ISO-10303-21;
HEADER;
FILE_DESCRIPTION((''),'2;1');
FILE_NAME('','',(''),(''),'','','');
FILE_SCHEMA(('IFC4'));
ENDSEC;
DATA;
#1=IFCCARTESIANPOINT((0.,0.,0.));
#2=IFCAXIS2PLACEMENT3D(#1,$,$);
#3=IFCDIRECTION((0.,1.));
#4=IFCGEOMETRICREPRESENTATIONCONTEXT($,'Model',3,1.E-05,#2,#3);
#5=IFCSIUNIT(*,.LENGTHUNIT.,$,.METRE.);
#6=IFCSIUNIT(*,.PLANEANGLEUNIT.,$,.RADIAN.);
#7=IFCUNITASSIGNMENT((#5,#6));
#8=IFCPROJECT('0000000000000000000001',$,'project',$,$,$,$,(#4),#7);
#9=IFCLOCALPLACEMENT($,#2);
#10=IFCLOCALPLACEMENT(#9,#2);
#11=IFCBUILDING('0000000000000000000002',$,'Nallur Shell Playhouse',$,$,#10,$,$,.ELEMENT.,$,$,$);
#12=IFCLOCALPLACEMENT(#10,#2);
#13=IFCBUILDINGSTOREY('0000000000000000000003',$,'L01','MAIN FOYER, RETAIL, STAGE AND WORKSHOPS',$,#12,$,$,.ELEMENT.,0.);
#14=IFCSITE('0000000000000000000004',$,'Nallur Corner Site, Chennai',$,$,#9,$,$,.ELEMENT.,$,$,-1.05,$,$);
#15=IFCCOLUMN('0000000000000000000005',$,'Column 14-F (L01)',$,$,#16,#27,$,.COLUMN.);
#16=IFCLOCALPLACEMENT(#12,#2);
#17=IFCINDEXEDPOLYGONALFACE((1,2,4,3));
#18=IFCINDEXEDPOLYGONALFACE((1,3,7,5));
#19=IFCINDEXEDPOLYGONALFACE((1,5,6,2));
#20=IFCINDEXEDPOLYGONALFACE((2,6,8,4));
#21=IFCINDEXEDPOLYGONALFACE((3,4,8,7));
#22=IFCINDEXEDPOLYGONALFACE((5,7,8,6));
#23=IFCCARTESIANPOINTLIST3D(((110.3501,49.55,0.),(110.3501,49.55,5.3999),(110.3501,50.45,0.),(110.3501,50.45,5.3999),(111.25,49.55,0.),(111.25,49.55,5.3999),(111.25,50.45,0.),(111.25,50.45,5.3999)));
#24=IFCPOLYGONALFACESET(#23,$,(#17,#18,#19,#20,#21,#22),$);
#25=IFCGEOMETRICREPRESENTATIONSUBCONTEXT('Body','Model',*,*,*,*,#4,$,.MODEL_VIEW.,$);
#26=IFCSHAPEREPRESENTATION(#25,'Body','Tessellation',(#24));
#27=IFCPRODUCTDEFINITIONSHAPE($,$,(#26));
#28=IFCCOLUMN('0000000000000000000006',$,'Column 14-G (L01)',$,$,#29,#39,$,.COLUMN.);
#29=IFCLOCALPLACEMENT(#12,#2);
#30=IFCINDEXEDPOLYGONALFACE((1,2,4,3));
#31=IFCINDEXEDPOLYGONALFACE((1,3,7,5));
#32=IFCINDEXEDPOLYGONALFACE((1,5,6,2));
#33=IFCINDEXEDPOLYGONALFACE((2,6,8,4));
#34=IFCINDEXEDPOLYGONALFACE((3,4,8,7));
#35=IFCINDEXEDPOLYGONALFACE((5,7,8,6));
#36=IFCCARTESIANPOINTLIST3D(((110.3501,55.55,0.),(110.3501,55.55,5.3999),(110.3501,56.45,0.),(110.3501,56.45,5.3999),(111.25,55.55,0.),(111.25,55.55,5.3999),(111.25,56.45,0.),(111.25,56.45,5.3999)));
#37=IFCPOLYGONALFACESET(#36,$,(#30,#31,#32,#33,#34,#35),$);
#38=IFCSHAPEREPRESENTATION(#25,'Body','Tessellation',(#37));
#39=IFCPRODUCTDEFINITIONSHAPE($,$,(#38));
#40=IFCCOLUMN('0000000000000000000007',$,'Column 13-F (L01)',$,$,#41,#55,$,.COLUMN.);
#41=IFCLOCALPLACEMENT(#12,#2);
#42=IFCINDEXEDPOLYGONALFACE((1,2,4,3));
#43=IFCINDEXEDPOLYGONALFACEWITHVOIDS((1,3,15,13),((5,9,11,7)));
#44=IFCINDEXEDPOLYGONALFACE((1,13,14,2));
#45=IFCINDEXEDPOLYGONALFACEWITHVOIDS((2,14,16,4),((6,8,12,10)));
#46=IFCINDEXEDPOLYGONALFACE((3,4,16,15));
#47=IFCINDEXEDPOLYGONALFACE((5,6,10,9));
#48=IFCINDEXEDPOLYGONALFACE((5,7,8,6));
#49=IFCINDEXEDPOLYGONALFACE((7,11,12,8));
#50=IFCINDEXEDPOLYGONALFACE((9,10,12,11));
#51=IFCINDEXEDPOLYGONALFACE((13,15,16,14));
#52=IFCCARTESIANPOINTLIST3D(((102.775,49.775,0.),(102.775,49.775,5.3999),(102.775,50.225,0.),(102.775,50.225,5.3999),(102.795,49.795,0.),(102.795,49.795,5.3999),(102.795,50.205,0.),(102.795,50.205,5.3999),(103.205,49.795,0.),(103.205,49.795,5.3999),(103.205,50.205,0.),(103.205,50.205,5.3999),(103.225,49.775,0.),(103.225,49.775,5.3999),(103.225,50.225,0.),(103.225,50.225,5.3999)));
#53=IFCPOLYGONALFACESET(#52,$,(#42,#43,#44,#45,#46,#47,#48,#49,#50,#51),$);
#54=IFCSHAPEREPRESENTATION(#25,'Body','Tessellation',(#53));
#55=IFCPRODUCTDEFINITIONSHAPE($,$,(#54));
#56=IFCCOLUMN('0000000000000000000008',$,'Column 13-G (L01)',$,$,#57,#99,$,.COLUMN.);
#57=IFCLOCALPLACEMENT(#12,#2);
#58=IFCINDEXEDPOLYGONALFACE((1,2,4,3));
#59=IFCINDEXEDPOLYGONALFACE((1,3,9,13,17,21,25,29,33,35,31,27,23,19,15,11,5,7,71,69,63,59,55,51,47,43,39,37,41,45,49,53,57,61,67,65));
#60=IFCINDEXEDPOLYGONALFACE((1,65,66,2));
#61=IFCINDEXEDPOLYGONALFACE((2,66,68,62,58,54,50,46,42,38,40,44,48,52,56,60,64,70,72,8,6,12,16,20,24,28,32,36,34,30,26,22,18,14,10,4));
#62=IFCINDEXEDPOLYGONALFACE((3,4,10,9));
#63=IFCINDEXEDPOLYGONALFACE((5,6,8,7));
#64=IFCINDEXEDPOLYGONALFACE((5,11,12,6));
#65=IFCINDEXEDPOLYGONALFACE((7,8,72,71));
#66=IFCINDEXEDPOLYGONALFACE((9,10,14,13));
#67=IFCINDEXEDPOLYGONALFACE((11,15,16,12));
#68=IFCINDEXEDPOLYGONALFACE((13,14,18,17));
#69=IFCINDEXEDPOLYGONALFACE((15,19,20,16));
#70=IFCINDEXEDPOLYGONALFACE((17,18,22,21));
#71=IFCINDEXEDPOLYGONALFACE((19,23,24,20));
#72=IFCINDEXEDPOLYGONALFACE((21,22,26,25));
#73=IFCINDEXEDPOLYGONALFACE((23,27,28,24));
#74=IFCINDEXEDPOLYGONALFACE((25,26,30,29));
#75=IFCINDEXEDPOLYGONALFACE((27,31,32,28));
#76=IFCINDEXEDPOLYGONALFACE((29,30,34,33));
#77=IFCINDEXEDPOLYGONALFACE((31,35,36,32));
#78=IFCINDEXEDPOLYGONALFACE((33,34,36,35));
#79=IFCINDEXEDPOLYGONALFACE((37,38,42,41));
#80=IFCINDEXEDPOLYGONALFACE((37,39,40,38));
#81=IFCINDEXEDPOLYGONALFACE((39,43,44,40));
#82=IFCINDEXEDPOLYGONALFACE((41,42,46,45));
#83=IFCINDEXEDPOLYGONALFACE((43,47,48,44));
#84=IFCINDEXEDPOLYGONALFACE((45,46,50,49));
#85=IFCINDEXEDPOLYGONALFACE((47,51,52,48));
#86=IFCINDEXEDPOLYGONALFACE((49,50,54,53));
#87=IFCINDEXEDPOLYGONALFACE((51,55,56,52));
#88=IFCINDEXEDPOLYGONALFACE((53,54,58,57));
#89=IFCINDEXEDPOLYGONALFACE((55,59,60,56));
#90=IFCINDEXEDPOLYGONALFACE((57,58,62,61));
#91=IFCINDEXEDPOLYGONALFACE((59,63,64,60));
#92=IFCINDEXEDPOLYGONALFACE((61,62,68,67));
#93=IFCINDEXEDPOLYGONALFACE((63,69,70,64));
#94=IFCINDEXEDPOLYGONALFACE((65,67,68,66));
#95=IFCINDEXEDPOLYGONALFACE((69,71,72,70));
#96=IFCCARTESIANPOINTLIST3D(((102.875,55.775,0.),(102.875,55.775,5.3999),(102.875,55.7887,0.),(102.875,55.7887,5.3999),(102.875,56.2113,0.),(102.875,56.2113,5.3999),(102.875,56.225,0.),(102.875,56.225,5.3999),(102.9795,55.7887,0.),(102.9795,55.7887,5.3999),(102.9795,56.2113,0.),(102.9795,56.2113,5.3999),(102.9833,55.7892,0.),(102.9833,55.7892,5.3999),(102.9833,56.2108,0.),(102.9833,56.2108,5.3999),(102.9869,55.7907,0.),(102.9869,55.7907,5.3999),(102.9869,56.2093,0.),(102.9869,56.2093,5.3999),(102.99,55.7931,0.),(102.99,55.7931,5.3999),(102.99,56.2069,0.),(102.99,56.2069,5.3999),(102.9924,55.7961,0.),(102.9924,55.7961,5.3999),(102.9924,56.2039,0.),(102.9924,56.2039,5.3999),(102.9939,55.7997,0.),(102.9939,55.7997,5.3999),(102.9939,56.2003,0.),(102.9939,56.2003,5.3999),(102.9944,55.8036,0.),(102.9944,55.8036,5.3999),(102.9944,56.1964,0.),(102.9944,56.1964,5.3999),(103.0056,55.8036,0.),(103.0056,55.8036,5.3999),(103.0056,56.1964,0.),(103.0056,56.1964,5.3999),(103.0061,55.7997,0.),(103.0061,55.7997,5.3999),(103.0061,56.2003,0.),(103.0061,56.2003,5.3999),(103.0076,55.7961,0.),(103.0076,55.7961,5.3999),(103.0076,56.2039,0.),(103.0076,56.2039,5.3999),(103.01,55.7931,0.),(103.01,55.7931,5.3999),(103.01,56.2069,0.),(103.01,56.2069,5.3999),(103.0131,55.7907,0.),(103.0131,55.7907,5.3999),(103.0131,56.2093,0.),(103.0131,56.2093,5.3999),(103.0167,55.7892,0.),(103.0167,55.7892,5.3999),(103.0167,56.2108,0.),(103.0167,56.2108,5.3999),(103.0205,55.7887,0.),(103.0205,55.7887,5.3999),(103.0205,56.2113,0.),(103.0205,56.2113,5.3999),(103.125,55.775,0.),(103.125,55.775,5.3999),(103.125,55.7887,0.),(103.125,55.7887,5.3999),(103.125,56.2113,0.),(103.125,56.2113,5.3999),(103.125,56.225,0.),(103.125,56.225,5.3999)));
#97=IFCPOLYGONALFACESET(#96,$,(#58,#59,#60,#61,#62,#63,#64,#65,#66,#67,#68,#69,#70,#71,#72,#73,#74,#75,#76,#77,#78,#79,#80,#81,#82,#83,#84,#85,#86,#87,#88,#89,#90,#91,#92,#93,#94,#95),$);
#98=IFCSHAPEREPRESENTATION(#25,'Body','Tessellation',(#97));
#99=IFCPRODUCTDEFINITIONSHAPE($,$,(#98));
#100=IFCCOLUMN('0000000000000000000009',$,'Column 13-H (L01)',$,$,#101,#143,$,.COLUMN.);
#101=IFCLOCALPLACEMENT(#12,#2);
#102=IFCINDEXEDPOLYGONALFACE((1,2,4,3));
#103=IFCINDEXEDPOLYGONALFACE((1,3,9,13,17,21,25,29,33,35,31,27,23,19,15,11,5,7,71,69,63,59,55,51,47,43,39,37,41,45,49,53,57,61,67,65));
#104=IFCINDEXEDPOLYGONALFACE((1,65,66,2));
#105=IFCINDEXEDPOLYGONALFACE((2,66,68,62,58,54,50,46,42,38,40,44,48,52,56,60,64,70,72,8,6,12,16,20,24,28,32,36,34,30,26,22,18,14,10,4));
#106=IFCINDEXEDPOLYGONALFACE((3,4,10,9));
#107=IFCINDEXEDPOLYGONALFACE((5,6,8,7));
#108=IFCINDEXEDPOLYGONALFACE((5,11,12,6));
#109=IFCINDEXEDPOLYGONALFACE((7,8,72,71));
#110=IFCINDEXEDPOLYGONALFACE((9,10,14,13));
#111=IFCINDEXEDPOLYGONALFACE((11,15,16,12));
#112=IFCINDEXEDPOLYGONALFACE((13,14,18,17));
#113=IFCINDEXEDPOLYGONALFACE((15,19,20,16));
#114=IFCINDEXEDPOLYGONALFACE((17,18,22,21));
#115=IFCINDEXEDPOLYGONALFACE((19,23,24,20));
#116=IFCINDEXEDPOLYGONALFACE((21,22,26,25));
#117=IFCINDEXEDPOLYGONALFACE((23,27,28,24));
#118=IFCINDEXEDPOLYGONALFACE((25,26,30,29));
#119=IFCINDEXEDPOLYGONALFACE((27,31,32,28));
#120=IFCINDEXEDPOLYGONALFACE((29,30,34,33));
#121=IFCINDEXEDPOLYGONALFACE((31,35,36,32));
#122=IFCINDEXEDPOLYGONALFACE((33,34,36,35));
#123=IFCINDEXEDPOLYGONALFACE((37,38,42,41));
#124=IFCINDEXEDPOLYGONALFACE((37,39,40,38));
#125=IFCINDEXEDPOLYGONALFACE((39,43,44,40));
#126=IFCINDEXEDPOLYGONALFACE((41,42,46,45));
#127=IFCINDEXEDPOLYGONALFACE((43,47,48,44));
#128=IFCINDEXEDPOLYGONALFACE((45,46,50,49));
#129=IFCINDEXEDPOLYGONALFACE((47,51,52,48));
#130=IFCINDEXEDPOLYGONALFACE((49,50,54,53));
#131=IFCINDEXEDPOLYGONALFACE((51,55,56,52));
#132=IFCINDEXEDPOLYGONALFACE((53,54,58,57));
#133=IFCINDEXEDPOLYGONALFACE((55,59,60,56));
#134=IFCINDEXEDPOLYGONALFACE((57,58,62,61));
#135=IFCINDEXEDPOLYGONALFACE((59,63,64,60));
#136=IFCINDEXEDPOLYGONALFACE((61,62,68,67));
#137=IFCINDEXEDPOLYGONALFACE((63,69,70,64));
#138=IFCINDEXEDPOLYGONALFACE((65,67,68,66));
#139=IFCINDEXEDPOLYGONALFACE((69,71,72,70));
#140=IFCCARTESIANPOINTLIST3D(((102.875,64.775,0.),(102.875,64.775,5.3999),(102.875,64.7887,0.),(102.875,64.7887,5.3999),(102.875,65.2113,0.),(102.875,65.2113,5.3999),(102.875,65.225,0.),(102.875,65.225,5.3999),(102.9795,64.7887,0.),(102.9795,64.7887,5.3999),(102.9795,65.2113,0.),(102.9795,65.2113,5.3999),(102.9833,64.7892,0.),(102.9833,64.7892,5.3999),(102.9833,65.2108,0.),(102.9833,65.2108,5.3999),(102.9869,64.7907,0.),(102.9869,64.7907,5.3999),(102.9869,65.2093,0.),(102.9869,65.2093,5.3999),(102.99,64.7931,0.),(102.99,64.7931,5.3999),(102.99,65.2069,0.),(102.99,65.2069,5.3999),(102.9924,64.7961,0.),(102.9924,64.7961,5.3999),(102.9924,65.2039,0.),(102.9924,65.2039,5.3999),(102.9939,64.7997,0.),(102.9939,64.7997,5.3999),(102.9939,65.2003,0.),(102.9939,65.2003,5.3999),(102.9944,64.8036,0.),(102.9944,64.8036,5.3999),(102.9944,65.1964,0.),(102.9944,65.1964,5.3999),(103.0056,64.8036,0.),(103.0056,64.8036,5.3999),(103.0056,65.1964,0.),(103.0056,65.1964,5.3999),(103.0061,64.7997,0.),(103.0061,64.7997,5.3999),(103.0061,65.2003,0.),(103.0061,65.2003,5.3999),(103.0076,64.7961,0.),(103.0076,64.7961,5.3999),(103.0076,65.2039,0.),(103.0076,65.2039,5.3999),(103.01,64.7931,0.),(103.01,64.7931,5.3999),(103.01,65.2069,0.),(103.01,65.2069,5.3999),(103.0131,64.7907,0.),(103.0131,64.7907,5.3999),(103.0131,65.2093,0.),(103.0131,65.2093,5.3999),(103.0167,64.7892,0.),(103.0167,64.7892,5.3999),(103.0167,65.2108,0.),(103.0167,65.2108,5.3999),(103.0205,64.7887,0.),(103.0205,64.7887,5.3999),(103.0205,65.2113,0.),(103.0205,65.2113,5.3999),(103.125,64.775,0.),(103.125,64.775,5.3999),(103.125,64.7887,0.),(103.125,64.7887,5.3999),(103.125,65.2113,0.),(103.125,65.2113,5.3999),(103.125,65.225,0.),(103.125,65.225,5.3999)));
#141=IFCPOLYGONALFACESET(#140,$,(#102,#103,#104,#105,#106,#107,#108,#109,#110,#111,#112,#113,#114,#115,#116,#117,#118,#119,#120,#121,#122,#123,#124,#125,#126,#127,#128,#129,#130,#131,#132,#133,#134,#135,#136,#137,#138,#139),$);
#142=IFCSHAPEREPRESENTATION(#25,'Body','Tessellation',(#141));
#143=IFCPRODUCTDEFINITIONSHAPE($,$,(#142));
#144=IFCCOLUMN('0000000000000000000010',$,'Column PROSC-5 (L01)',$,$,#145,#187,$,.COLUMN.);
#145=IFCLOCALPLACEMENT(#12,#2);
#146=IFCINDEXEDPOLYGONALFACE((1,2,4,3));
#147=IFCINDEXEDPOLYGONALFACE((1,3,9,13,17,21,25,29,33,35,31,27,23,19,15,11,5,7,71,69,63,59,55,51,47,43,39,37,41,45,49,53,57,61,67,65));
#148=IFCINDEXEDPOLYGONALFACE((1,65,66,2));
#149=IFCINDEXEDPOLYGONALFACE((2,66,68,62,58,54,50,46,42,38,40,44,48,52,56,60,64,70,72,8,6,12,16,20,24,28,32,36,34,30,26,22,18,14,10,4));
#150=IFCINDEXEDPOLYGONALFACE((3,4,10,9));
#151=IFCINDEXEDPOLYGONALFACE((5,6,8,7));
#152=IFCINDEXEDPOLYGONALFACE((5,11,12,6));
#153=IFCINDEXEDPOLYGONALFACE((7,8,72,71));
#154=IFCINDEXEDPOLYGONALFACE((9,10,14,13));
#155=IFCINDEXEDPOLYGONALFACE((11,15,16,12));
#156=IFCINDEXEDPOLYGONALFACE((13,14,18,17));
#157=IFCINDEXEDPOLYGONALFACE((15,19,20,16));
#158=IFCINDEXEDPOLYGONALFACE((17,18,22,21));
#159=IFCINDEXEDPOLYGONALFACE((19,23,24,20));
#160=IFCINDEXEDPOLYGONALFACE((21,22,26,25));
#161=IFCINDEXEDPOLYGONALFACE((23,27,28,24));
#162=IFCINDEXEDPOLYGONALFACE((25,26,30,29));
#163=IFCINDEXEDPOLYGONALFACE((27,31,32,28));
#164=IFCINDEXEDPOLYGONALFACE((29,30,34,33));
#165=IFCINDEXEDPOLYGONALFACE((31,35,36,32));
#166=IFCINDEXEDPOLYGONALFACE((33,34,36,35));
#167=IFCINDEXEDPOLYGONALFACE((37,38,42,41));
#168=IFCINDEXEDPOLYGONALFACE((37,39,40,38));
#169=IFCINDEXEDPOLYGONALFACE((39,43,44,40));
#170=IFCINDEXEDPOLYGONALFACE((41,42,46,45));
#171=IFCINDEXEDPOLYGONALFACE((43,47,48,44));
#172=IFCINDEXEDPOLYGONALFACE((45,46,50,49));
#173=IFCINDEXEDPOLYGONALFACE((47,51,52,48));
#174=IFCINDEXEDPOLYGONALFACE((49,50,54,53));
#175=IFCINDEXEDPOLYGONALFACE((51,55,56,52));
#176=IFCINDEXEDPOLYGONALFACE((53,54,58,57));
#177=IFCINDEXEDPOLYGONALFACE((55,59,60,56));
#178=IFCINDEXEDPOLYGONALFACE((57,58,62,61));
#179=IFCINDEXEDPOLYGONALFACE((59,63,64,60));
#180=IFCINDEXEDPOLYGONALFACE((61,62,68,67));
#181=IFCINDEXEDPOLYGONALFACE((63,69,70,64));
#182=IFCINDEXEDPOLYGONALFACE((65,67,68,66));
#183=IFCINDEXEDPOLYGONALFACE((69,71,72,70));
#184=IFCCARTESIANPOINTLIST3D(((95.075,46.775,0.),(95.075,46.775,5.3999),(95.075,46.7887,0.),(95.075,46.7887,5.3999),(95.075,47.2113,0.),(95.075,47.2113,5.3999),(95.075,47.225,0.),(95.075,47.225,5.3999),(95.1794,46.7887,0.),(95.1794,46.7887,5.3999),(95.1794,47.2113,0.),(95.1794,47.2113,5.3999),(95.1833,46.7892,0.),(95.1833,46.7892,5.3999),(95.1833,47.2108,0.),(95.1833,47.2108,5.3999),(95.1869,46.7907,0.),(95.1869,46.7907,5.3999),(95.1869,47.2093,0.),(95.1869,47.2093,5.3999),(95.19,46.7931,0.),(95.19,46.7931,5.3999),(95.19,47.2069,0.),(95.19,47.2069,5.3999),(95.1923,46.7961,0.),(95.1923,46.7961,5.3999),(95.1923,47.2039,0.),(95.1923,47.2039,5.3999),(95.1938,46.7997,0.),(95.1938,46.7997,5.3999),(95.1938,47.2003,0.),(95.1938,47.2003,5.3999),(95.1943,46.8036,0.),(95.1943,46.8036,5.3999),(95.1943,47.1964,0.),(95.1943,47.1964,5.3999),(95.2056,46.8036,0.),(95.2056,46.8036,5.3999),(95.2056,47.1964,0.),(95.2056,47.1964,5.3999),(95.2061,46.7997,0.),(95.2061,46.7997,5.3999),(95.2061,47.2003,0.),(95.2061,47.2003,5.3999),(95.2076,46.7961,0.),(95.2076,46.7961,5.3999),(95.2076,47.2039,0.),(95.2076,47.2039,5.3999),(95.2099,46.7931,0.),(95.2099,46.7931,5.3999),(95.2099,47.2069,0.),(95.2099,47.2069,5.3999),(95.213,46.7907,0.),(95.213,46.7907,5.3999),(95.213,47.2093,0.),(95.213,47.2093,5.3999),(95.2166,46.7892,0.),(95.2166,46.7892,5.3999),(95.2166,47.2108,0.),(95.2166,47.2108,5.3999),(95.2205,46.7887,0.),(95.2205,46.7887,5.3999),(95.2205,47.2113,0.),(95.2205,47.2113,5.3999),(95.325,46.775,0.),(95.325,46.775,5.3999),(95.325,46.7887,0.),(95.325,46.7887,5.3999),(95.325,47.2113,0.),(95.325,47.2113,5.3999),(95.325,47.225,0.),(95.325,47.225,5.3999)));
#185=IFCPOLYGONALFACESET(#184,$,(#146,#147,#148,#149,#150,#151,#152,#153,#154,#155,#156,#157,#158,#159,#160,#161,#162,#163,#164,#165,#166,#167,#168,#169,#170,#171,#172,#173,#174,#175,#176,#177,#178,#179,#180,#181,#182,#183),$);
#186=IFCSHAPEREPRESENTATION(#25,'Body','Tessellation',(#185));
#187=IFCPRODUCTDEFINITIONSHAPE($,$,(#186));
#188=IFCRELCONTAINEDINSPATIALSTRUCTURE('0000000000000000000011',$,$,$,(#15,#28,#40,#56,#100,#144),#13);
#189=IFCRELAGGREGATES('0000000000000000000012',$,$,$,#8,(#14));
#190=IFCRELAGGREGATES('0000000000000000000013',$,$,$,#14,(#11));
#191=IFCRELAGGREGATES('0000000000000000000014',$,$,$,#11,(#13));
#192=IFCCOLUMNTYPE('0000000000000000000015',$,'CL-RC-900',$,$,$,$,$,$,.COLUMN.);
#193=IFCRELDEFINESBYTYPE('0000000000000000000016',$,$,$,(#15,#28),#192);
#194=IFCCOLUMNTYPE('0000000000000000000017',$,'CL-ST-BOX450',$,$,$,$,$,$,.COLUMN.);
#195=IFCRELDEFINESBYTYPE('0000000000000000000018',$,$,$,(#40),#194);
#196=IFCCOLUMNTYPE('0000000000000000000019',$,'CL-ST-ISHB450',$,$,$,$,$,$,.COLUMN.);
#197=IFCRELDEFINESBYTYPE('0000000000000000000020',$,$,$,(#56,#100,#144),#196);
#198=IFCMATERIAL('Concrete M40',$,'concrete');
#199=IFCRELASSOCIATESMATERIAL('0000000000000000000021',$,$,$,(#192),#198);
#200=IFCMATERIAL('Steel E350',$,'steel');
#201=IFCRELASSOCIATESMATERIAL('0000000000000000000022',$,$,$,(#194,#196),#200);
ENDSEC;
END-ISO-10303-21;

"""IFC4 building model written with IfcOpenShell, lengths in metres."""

from ifc_helpers import new_model, si_unit, direction, frame, origin, origin_2d, place, context, subcontext, project, spatial, rectangle, hollow_rectangle, i_section, extrude, material, material_profile, profile_set, type_object, element, save


model = new_model("IFC4")

# Units and contexts
model_context = context("Model", 3, precision=1e-05, world=origin(), true_north=direction((0.0, 1.0)))
body_context = subcontext(model_context, "Body", "Model", "MODEL_VIEW")
ifc_project = project(units=[si_unit("LENGTHUNIT", "METRE"), si_unit("PLANEANGLEUNIT", "RADIAN")], contexts=[model_context])

# Site, building, storey
site_placement = place(None, origin())
site = spatial("IfcSite", under=ifc_project, at=site_placement, Name="Nallur Corner Site, Chennai", CompositionType="ELEMENT", RefElevation=-1.05)
building_placement = place(site_placement, origin())
building = spatial("IfcBuilding", under=site, at=building_placement, Name="Nallur Shell Playhouse", CompositionType="ELEMENT")
storey_placement = place(building_placement, origin())
storey = spatial("IfcBuildingStorey", under=building, at=storey_placement, Name="L01", Description="MAIN FOYER, RETAIL, STAGE AND WORKSHOPS", CompositionType="ELEMENT", Elevation=0.0)

# Columns
ifc_material_1 = material(Name="Concrete M40", Category="concrete")
ifc_material_profile_1 = material_profile(ifc_material_1, rectangle(XDim=0.8999, YDim=0.8999, at=origin_2d()), Name="RC 900x900")
ifc_profile_set_1 = profile_set([ifc_material_profile_1], Name="Concrete M40")
column_type_1 = type_object("IfcColumnType", Name="CL-RC-900", PredefinedType="COLUMN", material=ifc_profile_set_1)
for number, where, z_axis, x_axis, name in (
    (1, (110.8, 50.0, 0.0), (0.0, 0.0, 1.0), (1.0, 0.0, 0.0), "Column 14-F (L01)"),
    (2, (110.8, 56.0, 0.0), (0.0, 0.0, 1.0), (1.0, 0.0, 0.0), "Column 14-G (L01)"),
):
    element("IfcColumn", number, at=place(storey_placement, frame(where, z_axis=z_axis, x_axis=x_axis)), inside=storey, type_object=column_type_1, Name=name, PredefinedType="COLUMN", context=body_context, shape_type="SweptSolid", body=[
        extrude(rectangle(XDim=0.8999, YDim=0.8999, at=origin_2d()), origin(), (0.0, 0.0, 1.0), 5.3999),
    ])
ifc_material_2 = material(Name="Steel E350", Category="steel")
ifc_material_profile_2 = material_profile(ifc_material_2, hollow_rectangle(XDim=0.45, YDim=0.45, WallThickness=0.02, at=origin_2d()), Name="BOX 450x450x20")
ifc_profile_set_2 = profile_set([ifc_material_profile_2], Name="Steel E350")
column_type_2 = type_object("IfcColumnType", Name="CL-ST-BOX450", PredefinedType="COLUMN", material=ifc_profile_set_2)
column_placement = place(storey_placement, frame((103.0, 50.0, 0.0), z_axis=(0.0, 0.0, 1.0), x_axis=(1.0, 0.0, 0.0)))
element("IfcColumn", 3, at=column_placement, inside=storey, type_object=column_type_2, Name="Column 13-F (L01)", PredefinedType="COLUMN", context=body_context, shape_type="SweptSolid", body=[
    extrude(hollow_rectangle(XDim=0.45, YDim=0.45, WallThickness=0.02, at=origin_2d()), origin(), (0.0, 0.0, 1.0), 5.3999),
])
ifc_material_profile_3 = material_profile(ifc_material_2, i_section(OverallWidth=0.25, OverallDepth=0.45, WebThickness=0.0112, FlangeThickness=0.0137, FilletRadius=0.0149, at=origin_2d()), Name="ISHB 450")
ifc_profile_set_3 = profile_set([ifc_material_profile_3], Name="Steel E350")
column_type_3 = type_object("IfcColumnType", Name="CL-ST-ISHB450", PredefinedType="COLUMN", material=ifc_profile_set_3)
for number, where, z_axis, x_axis, name in (
    (4, (103.0, 56.0, 0.0), (0.0, 0.0, 1.0), (1.0, 0.0, 0.0), "Column 13-G (L01)"),
    (5, (103.0, 65.0, 0.0), (0.0, 0.0, 1.0), (1.0, 0.0, 0.0), "Column 13-H (L01)"),
    (6, (95.2, 47.0, 0.0), (0.0, 0.0, 1.0), (1.0, 0.0, 0.0), "Column PROSC-5 (L01)"),
):
    element("IfcColumn", number, at=place(storey_placement, frame(where, z_axis=z_axis, x_axis=x_axis)), inside=storey, type_object=column_type_3, Name=name, PredefinedType="COLUMN", context=body_context, shape_type="SweptSolid", body=[
        extrude(i_section(OverallWidth=0.25, OverallDepth=0.45, WebThickness=0.0112, FlangeThickness=0.0137, FilletRadius=0.0149, at=origin_2d()), origin(), (0.0, 0.0, 1.0), 5.3999),
    ])

save(model, "model.ifc")
